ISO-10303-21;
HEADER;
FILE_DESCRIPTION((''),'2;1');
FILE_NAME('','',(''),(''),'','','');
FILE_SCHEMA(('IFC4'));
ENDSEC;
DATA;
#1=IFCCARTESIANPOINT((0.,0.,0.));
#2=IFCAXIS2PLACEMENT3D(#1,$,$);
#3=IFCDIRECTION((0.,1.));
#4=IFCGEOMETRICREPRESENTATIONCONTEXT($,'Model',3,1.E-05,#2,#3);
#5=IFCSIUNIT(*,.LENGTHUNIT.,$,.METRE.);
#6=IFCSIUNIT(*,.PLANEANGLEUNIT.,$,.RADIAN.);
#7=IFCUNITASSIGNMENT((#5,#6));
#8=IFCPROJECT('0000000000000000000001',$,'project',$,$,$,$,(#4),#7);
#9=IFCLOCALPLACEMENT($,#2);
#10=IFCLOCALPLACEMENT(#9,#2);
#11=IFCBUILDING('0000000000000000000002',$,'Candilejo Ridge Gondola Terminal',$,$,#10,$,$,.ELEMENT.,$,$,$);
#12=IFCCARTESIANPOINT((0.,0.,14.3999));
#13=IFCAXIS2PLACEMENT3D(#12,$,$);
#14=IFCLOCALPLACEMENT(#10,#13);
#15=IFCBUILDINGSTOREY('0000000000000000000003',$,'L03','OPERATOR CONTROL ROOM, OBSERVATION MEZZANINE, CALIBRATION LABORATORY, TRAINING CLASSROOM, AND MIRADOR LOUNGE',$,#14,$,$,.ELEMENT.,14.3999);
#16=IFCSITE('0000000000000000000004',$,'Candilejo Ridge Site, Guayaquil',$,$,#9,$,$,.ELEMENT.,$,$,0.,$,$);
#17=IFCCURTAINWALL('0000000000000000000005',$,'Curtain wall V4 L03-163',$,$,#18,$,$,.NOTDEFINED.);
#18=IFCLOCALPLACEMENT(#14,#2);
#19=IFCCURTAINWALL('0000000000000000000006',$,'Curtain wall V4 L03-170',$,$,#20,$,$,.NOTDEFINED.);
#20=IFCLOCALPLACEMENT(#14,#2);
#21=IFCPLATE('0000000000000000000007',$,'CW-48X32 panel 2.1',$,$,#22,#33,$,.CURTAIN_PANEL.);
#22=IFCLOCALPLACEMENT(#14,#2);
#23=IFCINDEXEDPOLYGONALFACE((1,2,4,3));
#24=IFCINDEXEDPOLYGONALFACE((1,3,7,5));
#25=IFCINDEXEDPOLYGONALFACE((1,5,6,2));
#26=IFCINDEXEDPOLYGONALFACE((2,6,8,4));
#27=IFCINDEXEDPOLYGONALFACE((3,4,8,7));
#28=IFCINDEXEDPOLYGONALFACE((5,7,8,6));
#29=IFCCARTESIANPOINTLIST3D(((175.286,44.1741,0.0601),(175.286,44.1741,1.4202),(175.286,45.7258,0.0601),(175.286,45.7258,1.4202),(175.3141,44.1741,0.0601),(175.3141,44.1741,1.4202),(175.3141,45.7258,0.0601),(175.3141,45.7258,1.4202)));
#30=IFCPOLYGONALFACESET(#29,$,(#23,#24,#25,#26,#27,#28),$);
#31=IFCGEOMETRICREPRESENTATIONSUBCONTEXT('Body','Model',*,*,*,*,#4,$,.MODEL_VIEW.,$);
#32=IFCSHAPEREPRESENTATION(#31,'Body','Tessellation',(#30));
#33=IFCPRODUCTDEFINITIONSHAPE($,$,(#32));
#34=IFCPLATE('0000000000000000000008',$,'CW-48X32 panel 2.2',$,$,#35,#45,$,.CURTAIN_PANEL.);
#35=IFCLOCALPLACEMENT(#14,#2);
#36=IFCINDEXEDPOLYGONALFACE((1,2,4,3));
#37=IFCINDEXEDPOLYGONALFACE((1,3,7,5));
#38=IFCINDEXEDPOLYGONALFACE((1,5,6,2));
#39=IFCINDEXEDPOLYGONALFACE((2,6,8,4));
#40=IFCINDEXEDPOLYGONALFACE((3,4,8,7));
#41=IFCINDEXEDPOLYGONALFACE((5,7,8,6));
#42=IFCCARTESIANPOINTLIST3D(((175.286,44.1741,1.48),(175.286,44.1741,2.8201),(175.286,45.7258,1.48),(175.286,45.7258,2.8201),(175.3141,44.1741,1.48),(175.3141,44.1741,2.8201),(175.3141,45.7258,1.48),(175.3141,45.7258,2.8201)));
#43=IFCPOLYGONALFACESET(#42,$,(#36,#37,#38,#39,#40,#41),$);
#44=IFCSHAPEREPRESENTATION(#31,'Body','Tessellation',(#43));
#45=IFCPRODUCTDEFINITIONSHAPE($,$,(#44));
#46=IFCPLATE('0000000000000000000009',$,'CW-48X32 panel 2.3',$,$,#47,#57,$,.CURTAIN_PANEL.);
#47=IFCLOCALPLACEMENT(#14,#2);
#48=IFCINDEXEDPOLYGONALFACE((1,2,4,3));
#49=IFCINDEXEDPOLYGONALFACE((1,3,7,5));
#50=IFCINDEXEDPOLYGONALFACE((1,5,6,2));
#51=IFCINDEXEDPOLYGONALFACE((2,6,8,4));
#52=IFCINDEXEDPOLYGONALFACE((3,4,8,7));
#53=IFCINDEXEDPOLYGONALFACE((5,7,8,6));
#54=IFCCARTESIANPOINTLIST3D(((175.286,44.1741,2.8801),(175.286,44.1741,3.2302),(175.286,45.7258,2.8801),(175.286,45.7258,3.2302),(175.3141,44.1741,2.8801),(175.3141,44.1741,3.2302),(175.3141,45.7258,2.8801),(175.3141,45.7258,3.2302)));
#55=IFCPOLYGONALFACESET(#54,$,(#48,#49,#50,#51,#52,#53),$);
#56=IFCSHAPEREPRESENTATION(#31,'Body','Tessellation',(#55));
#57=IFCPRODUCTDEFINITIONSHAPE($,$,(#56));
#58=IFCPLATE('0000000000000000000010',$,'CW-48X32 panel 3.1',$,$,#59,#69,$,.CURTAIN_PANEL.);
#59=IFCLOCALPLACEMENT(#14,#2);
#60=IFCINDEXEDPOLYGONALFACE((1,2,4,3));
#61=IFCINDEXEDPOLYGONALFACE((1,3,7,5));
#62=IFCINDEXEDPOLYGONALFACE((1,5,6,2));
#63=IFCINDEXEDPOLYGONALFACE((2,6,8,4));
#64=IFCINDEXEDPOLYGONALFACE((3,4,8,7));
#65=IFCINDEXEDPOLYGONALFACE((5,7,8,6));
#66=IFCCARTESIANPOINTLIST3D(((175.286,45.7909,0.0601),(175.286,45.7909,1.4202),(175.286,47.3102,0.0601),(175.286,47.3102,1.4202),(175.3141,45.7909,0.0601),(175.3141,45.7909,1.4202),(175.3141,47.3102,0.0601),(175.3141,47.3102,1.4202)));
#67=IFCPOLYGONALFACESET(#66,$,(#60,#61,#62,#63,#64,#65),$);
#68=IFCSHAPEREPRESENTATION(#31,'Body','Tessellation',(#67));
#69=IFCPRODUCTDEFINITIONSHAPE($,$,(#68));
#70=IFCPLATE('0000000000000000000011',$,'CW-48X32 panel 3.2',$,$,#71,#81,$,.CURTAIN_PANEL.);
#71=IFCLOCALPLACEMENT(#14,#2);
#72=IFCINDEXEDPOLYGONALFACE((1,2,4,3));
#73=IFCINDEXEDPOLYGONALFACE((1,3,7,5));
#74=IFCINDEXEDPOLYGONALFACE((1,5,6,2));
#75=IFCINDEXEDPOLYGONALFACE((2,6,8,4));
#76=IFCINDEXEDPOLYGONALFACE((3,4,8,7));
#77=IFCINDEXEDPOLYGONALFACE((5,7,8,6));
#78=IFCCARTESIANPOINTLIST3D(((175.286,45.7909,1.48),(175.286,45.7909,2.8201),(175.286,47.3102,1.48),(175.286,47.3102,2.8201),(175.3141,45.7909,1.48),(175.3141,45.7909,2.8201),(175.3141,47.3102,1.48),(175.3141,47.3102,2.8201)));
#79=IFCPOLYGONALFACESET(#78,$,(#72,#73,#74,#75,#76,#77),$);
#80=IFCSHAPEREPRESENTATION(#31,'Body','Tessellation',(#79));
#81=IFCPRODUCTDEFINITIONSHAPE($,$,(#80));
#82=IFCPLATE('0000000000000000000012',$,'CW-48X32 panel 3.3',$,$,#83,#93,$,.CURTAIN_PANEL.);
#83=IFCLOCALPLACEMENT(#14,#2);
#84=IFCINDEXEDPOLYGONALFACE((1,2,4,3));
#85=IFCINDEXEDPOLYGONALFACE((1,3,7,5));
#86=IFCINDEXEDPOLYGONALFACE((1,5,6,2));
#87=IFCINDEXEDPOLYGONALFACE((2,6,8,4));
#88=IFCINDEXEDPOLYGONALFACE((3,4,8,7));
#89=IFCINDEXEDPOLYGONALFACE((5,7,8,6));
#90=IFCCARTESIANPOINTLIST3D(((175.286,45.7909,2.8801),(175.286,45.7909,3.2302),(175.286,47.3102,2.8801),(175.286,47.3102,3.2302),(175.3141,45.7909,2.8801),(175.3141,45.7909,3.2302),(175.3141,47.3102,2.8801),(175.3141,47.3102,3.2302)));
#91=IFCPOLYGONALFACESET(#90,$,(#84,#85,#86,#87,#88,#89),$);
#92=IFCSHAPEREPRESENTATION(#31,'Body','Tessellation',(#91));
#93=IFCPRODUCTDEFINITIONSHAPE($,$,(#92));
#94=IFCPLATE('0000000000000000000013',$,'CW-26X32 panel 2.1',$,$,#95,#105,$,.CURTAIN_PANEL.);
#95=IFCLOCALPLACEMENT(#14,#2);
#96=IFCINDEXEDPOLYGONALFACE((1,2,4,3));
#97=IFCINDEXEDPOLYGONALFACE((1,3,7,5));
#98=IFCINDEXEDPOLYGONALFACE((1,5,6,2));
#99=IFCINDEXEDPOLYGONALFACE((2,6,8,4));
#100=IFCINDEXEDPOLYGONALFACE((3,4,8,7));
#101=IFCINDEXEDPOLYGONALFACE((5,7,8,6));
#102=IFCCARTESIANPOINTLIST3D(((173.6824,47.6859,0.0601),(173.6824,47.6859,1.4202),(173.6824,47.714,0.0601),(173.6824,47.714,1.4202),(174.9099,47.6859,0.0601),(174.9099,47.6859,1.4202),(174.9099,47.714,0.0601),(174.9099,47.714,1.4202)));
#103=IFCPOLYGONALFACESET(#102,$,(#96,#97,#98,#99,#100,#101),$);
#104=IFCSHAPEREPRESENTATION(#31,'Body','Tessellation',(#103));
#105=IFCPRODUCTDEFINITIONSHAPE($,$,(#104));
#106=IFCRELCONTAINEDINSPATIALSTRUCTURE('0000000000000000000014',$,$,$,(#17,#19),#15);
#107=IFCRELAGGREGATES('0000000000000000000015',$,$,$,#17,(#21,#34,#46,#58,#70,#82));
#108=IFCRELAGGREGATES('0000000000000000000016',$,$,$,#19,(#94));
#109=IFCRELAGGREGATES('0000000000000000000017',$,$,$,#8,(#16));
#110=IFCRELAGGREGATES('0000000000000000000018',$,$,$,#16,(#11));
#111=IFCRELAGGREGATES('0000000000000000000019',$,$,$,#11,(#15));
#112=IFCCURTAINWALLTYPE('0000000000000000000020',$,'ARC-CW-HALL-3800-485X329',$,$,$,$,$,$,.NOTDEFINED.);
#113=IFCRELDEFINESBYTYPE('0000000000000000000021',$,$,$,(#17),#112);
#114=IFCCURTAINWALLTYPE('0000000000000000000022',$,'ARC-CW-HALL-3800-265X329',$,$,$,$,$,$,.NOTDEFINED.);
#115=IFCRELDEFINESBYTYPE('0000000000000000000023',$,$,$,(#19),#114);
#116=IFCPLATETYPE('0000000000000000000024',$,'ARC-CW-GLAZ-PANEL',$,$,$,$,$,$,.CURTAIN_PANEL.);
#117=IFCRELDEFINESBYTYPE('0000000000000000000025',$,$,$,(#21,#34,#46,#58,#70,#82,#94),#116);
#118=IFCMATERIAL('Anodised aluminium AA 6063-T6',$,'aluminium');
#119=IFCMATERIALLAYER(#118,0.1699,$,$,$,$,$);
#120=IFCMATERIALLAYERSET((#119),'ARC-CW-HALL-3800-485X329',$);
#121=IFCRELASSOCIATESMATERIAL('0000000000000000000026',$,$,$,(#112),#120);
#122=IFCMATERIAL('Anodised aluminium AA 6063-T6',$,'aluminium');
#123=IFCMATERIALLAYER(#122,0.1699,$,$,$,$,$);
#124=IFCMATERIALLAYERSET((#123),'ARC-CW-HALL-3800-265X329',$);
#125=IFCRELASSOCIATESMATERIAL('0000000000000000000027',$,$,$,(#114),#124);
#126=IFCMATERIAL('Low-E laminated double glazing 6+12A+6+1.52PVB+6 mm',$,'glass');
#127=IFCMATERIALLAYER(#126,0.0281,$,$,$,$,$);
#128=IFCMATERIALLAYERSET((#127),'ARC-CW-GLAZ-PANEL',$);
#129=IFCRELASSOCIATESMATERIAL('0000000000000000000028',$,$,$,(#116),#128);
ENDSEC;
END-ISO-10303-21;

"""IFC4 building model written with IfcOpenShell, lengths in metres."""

from ifc_helpers import new_model, si_unit, direction, frame, origin, origin_2d, place, context, subcontext, project, spatial, rectangle, extrude, material, layer, layer_set, type_object, element, aggregate, save


model = new_model("IFC4")

# Units and contexts
model_context = context("Model", 3, precision=1e-05, world=origin(), true_north=direction((0.0, 1.0)))
body_context = subcontext(model_context, "Body", "Model", "MODEL_VIEW")
ifc_project = project(units=[si_unit("LENGTHUNIT", "METRE"), si_unit("PLANEANGLEUNIT", "RADIAN")], contexts=[model_context])

# Site, building, storey
site_placement = place(None, origin())
site = spatial("IfcSite", under=ifc_project, at=site_placement, Name="Candilejo Ridge Site, Guayaquil", CompositionType="ELEMENT", RefElevation=0.0)
building_placement = place(site_placement, origin())
building = spatial("IfcBuilding", under=site, at=building_placement, Name="Candilejo Ridge Gondola Terminal", CompositionType="ELEMENT")
storey_placement = place(building_placement, frame((0.0, 0.0, 14.3999)))
storey = spatial("IfcBuildingStorey", under=building, at=storey_placement, Name="L03", Description="OPERATOR CONTROL ROOM, OBSERVATION MEZZANINE, CALIBRATION LABORATORY, TRAINING CLASSROOM, AND MIRADOR LOUNGE", CompositionType="ELEMENT", Elevation=14.3999)

# Curtain wall
ifc_material_1 = material(Name="Anodised aluminium AA 6063-T6", Category="aluminium")
ifc_layer_1 = layer(ifc_material_1, 0.1699)
ifc_layer_set_1 = layer_set([ifc_layer_1], Name="ARC-CW-HALL-3800-485X329")
curtain_wall_type_1 = type_object("IfcCurtainWallType", Name="ARC-CW-HALL-3800-485X329", PredefinedType="NOTDEFINED", material=ifc_layer_set_1)
curtain_wall_1_placement = place(storey_placement, origin())
curtain_wall_1 = element("IfcCurtainWall", 1, at=curtain_wall_1_placement, inside=storey, type_object=curtain_wall_type_1, Name="Curtain wall V4 L03-163", PredefinedType="NOTDEFINED")

# Curtain wall
ifc_material_2 = material(Name="Anodised aluminium AA 6063-T6", Category="aluminium")
ifc_layer_2 = layer(ifc_material_2, 0.1699)
ifc_layer_set_2 = layer_set([ifc_layer_2], Name="ARC-CW-HALL-3800-265X329")
curtain_wall_type_2 = type_object("IfcCurtainWallType", Name="ARC-CW-HALL-3800-265X329", PredefinedType="NOTDEFINED", material=ifc_layer_set_2)
curtain_wall_2_placement = place(storey_placement, origin())
curtain_wall_2 = element("IfcCurtainWall", 2, at=curtain_wall_2_placement, inside=storey, type_object=curtain_wall_type_2, Name="Curtain wall V4 L03-170", PredefinedType="NOTDEFINED")

# Plates
ifc_material_3 = material(Name="Low-E laminated double glazing 6+12A+6+1.52PVB+6 mm", Category="glass")
ifc_layer_3 = layer(ifc_material_3, 0.0281)
ifc_layer_set_3 = layer_set([ifc_layer_3], Name="ARC-CW-GLAZ-PANEL")
plate_type = type_object("IfcPlateType", Name="ARC-CW-GLAZ-PANEL", PredefinedType="CURTAIN_PANEL", material=ifc_layer_set_3)
plate_1_placement = place(storey_placement, frame((175.3, 44.95, 0.0601), z_axis=(0.0, 0.0, 1.0), x_axis=(0.0, 1.0, 0.0)))
plate_1 = element("IfcPlate", 3, at=plate_1_placement, type_object=plate_type, Name="CW-48X32 panel 2.1", PredefinedType="CURTAIN_PANEL", context=body_context, shape_type="SweptSolid", body=[
    extrude(rectangle(XDim=1.5518, YDim=0.0281, at=origin_2d()), origin(), (0.0, 0.0, 1.0), 1.3601),
])
plate_2_placement = place(storey_placement, frame((175.3, 44.95, 1.48), z_axis=(0.0, 0.0, 1.0), x_axis=(0.0, 1.0, 0.0)))
plate_2 = element("IfcPlate", 4, at=plate_2_placement, type_object=plate_type, Name="CW-48X32 panel 2.2", PredefinedType="CURTAIN_PANEL", context=body_context, shape_type="SweptSolid", body=[
    extrude(rectangle(XDim=1.5518, YDim=0.0281, at=origin_2d()), origin(), (0.0, 0.0, 1.0), 1.3401),
])
plate_3_placement = place(storey_placement, frame((175.3, 44.95, 2.8801), z_axis=(0.0, 0.0, 1.0), x_axis=(0.0, 1.0, 0.0)))
plate_3 = element("IfcPlate", 5, at=plate_3_placement, type_object=plate_type, Name="CW-48X32 panel 2.3", PredefinedType="CURTAIN_PANEL", context=body_context, shape_type="SweptSolid", body=[
    extrude(rectangle(XDim=1.5518, YDim=0.0281, at=origin_2d()), origin(), (0.0, 0.0, 1.0), 0.3501),
])
plate_4_placement = place(storey_placement, frame((175.3, 46.5505, 0.0601), z_axis=(0.0, 0.0, 1.0), x_axis=(0.0, 1.0, 0.0)))
plate_4 = element("IfcPlate", 6, at=plate_4_placement, type_object=plate_type, Name="CW-48X32 panel 3.1", PredefinedType="CURTAIN_PANEL", context=body_context, shape_type="SweptSolid", body=[
    extrude(rectangle(XDim=1.5193, YDim=0.0281, at=origin_2d()), origin(), (0.0, 0.0, 1.0), 1.3601),
])
plate_5_placement = place(storey_placement, frame((175.3, 46.5505, 1.48), z_axis=(0.0, 0.0, 1.0), x_axis=(0.0, 1.0, 0.0)))
plate_5 = element("IfcPlate", 7, at=plate_5_placement, type_object=plate_type, Name="CW-48X32 panel 3.2", PredefinedType="CURTAIN_PANEL", context=body_context, shape_type="SweptSolid", body=[
    extrude(rectangle(XDim=1.5193, YDim=0.0281, at=origin_2d()), origin(), (0.0, 0.0, 1.0), 1.3401),
])
plate_6_placement = place(storey_placement, frame((175.3, 46.5505, 2.8801), z_axis=(0.0, 0.0, 1.0), x_axis=(0.0, 1.0, 0.0)))
plate_6 = element("IfcPlate", 8, at=plate_6_placement, type_object=plate_type, Name="CW-48X32 panel 3.3", PredefinedType="CURTAIN_PANEL", context=body_context, shape_type="SweptSolid", body=[
    extrude(rectangle(XDim=1.5193, YDim=0.0281, at=origin_2d()), origin(), (0.0, 0.0, 1.0), 0.3501),
])
aggregate(curtain_wall_1, [plate_1, plate_2, plate_3, plate_4, plate_5, plate_6])
plate_7_placement = place(storey_placement, frame((174.2961, 47.7, 0.0601), z_axis=(0.0, 0.0, 1.0), x_axis=(1.0, 0.0, 0.0)))
plate_7 = element("IfcPlate", 9, at=plate_7_placement, type_object=plate_type, Name="CW-26X32 panel 2.1", PredefinedType="CURTAIN_PANEL", context=body_context, shape_type="SweptSolid", body=[
    extrude(rectangle(XDim=1.2275, YDim=0.0281, at=origin_2d()), origin(), (0.0, 0.0, 1.0), 1.3601),
])
aggregate(curtain_wall_2, [plate_7])

save(model, "model.ifc")
